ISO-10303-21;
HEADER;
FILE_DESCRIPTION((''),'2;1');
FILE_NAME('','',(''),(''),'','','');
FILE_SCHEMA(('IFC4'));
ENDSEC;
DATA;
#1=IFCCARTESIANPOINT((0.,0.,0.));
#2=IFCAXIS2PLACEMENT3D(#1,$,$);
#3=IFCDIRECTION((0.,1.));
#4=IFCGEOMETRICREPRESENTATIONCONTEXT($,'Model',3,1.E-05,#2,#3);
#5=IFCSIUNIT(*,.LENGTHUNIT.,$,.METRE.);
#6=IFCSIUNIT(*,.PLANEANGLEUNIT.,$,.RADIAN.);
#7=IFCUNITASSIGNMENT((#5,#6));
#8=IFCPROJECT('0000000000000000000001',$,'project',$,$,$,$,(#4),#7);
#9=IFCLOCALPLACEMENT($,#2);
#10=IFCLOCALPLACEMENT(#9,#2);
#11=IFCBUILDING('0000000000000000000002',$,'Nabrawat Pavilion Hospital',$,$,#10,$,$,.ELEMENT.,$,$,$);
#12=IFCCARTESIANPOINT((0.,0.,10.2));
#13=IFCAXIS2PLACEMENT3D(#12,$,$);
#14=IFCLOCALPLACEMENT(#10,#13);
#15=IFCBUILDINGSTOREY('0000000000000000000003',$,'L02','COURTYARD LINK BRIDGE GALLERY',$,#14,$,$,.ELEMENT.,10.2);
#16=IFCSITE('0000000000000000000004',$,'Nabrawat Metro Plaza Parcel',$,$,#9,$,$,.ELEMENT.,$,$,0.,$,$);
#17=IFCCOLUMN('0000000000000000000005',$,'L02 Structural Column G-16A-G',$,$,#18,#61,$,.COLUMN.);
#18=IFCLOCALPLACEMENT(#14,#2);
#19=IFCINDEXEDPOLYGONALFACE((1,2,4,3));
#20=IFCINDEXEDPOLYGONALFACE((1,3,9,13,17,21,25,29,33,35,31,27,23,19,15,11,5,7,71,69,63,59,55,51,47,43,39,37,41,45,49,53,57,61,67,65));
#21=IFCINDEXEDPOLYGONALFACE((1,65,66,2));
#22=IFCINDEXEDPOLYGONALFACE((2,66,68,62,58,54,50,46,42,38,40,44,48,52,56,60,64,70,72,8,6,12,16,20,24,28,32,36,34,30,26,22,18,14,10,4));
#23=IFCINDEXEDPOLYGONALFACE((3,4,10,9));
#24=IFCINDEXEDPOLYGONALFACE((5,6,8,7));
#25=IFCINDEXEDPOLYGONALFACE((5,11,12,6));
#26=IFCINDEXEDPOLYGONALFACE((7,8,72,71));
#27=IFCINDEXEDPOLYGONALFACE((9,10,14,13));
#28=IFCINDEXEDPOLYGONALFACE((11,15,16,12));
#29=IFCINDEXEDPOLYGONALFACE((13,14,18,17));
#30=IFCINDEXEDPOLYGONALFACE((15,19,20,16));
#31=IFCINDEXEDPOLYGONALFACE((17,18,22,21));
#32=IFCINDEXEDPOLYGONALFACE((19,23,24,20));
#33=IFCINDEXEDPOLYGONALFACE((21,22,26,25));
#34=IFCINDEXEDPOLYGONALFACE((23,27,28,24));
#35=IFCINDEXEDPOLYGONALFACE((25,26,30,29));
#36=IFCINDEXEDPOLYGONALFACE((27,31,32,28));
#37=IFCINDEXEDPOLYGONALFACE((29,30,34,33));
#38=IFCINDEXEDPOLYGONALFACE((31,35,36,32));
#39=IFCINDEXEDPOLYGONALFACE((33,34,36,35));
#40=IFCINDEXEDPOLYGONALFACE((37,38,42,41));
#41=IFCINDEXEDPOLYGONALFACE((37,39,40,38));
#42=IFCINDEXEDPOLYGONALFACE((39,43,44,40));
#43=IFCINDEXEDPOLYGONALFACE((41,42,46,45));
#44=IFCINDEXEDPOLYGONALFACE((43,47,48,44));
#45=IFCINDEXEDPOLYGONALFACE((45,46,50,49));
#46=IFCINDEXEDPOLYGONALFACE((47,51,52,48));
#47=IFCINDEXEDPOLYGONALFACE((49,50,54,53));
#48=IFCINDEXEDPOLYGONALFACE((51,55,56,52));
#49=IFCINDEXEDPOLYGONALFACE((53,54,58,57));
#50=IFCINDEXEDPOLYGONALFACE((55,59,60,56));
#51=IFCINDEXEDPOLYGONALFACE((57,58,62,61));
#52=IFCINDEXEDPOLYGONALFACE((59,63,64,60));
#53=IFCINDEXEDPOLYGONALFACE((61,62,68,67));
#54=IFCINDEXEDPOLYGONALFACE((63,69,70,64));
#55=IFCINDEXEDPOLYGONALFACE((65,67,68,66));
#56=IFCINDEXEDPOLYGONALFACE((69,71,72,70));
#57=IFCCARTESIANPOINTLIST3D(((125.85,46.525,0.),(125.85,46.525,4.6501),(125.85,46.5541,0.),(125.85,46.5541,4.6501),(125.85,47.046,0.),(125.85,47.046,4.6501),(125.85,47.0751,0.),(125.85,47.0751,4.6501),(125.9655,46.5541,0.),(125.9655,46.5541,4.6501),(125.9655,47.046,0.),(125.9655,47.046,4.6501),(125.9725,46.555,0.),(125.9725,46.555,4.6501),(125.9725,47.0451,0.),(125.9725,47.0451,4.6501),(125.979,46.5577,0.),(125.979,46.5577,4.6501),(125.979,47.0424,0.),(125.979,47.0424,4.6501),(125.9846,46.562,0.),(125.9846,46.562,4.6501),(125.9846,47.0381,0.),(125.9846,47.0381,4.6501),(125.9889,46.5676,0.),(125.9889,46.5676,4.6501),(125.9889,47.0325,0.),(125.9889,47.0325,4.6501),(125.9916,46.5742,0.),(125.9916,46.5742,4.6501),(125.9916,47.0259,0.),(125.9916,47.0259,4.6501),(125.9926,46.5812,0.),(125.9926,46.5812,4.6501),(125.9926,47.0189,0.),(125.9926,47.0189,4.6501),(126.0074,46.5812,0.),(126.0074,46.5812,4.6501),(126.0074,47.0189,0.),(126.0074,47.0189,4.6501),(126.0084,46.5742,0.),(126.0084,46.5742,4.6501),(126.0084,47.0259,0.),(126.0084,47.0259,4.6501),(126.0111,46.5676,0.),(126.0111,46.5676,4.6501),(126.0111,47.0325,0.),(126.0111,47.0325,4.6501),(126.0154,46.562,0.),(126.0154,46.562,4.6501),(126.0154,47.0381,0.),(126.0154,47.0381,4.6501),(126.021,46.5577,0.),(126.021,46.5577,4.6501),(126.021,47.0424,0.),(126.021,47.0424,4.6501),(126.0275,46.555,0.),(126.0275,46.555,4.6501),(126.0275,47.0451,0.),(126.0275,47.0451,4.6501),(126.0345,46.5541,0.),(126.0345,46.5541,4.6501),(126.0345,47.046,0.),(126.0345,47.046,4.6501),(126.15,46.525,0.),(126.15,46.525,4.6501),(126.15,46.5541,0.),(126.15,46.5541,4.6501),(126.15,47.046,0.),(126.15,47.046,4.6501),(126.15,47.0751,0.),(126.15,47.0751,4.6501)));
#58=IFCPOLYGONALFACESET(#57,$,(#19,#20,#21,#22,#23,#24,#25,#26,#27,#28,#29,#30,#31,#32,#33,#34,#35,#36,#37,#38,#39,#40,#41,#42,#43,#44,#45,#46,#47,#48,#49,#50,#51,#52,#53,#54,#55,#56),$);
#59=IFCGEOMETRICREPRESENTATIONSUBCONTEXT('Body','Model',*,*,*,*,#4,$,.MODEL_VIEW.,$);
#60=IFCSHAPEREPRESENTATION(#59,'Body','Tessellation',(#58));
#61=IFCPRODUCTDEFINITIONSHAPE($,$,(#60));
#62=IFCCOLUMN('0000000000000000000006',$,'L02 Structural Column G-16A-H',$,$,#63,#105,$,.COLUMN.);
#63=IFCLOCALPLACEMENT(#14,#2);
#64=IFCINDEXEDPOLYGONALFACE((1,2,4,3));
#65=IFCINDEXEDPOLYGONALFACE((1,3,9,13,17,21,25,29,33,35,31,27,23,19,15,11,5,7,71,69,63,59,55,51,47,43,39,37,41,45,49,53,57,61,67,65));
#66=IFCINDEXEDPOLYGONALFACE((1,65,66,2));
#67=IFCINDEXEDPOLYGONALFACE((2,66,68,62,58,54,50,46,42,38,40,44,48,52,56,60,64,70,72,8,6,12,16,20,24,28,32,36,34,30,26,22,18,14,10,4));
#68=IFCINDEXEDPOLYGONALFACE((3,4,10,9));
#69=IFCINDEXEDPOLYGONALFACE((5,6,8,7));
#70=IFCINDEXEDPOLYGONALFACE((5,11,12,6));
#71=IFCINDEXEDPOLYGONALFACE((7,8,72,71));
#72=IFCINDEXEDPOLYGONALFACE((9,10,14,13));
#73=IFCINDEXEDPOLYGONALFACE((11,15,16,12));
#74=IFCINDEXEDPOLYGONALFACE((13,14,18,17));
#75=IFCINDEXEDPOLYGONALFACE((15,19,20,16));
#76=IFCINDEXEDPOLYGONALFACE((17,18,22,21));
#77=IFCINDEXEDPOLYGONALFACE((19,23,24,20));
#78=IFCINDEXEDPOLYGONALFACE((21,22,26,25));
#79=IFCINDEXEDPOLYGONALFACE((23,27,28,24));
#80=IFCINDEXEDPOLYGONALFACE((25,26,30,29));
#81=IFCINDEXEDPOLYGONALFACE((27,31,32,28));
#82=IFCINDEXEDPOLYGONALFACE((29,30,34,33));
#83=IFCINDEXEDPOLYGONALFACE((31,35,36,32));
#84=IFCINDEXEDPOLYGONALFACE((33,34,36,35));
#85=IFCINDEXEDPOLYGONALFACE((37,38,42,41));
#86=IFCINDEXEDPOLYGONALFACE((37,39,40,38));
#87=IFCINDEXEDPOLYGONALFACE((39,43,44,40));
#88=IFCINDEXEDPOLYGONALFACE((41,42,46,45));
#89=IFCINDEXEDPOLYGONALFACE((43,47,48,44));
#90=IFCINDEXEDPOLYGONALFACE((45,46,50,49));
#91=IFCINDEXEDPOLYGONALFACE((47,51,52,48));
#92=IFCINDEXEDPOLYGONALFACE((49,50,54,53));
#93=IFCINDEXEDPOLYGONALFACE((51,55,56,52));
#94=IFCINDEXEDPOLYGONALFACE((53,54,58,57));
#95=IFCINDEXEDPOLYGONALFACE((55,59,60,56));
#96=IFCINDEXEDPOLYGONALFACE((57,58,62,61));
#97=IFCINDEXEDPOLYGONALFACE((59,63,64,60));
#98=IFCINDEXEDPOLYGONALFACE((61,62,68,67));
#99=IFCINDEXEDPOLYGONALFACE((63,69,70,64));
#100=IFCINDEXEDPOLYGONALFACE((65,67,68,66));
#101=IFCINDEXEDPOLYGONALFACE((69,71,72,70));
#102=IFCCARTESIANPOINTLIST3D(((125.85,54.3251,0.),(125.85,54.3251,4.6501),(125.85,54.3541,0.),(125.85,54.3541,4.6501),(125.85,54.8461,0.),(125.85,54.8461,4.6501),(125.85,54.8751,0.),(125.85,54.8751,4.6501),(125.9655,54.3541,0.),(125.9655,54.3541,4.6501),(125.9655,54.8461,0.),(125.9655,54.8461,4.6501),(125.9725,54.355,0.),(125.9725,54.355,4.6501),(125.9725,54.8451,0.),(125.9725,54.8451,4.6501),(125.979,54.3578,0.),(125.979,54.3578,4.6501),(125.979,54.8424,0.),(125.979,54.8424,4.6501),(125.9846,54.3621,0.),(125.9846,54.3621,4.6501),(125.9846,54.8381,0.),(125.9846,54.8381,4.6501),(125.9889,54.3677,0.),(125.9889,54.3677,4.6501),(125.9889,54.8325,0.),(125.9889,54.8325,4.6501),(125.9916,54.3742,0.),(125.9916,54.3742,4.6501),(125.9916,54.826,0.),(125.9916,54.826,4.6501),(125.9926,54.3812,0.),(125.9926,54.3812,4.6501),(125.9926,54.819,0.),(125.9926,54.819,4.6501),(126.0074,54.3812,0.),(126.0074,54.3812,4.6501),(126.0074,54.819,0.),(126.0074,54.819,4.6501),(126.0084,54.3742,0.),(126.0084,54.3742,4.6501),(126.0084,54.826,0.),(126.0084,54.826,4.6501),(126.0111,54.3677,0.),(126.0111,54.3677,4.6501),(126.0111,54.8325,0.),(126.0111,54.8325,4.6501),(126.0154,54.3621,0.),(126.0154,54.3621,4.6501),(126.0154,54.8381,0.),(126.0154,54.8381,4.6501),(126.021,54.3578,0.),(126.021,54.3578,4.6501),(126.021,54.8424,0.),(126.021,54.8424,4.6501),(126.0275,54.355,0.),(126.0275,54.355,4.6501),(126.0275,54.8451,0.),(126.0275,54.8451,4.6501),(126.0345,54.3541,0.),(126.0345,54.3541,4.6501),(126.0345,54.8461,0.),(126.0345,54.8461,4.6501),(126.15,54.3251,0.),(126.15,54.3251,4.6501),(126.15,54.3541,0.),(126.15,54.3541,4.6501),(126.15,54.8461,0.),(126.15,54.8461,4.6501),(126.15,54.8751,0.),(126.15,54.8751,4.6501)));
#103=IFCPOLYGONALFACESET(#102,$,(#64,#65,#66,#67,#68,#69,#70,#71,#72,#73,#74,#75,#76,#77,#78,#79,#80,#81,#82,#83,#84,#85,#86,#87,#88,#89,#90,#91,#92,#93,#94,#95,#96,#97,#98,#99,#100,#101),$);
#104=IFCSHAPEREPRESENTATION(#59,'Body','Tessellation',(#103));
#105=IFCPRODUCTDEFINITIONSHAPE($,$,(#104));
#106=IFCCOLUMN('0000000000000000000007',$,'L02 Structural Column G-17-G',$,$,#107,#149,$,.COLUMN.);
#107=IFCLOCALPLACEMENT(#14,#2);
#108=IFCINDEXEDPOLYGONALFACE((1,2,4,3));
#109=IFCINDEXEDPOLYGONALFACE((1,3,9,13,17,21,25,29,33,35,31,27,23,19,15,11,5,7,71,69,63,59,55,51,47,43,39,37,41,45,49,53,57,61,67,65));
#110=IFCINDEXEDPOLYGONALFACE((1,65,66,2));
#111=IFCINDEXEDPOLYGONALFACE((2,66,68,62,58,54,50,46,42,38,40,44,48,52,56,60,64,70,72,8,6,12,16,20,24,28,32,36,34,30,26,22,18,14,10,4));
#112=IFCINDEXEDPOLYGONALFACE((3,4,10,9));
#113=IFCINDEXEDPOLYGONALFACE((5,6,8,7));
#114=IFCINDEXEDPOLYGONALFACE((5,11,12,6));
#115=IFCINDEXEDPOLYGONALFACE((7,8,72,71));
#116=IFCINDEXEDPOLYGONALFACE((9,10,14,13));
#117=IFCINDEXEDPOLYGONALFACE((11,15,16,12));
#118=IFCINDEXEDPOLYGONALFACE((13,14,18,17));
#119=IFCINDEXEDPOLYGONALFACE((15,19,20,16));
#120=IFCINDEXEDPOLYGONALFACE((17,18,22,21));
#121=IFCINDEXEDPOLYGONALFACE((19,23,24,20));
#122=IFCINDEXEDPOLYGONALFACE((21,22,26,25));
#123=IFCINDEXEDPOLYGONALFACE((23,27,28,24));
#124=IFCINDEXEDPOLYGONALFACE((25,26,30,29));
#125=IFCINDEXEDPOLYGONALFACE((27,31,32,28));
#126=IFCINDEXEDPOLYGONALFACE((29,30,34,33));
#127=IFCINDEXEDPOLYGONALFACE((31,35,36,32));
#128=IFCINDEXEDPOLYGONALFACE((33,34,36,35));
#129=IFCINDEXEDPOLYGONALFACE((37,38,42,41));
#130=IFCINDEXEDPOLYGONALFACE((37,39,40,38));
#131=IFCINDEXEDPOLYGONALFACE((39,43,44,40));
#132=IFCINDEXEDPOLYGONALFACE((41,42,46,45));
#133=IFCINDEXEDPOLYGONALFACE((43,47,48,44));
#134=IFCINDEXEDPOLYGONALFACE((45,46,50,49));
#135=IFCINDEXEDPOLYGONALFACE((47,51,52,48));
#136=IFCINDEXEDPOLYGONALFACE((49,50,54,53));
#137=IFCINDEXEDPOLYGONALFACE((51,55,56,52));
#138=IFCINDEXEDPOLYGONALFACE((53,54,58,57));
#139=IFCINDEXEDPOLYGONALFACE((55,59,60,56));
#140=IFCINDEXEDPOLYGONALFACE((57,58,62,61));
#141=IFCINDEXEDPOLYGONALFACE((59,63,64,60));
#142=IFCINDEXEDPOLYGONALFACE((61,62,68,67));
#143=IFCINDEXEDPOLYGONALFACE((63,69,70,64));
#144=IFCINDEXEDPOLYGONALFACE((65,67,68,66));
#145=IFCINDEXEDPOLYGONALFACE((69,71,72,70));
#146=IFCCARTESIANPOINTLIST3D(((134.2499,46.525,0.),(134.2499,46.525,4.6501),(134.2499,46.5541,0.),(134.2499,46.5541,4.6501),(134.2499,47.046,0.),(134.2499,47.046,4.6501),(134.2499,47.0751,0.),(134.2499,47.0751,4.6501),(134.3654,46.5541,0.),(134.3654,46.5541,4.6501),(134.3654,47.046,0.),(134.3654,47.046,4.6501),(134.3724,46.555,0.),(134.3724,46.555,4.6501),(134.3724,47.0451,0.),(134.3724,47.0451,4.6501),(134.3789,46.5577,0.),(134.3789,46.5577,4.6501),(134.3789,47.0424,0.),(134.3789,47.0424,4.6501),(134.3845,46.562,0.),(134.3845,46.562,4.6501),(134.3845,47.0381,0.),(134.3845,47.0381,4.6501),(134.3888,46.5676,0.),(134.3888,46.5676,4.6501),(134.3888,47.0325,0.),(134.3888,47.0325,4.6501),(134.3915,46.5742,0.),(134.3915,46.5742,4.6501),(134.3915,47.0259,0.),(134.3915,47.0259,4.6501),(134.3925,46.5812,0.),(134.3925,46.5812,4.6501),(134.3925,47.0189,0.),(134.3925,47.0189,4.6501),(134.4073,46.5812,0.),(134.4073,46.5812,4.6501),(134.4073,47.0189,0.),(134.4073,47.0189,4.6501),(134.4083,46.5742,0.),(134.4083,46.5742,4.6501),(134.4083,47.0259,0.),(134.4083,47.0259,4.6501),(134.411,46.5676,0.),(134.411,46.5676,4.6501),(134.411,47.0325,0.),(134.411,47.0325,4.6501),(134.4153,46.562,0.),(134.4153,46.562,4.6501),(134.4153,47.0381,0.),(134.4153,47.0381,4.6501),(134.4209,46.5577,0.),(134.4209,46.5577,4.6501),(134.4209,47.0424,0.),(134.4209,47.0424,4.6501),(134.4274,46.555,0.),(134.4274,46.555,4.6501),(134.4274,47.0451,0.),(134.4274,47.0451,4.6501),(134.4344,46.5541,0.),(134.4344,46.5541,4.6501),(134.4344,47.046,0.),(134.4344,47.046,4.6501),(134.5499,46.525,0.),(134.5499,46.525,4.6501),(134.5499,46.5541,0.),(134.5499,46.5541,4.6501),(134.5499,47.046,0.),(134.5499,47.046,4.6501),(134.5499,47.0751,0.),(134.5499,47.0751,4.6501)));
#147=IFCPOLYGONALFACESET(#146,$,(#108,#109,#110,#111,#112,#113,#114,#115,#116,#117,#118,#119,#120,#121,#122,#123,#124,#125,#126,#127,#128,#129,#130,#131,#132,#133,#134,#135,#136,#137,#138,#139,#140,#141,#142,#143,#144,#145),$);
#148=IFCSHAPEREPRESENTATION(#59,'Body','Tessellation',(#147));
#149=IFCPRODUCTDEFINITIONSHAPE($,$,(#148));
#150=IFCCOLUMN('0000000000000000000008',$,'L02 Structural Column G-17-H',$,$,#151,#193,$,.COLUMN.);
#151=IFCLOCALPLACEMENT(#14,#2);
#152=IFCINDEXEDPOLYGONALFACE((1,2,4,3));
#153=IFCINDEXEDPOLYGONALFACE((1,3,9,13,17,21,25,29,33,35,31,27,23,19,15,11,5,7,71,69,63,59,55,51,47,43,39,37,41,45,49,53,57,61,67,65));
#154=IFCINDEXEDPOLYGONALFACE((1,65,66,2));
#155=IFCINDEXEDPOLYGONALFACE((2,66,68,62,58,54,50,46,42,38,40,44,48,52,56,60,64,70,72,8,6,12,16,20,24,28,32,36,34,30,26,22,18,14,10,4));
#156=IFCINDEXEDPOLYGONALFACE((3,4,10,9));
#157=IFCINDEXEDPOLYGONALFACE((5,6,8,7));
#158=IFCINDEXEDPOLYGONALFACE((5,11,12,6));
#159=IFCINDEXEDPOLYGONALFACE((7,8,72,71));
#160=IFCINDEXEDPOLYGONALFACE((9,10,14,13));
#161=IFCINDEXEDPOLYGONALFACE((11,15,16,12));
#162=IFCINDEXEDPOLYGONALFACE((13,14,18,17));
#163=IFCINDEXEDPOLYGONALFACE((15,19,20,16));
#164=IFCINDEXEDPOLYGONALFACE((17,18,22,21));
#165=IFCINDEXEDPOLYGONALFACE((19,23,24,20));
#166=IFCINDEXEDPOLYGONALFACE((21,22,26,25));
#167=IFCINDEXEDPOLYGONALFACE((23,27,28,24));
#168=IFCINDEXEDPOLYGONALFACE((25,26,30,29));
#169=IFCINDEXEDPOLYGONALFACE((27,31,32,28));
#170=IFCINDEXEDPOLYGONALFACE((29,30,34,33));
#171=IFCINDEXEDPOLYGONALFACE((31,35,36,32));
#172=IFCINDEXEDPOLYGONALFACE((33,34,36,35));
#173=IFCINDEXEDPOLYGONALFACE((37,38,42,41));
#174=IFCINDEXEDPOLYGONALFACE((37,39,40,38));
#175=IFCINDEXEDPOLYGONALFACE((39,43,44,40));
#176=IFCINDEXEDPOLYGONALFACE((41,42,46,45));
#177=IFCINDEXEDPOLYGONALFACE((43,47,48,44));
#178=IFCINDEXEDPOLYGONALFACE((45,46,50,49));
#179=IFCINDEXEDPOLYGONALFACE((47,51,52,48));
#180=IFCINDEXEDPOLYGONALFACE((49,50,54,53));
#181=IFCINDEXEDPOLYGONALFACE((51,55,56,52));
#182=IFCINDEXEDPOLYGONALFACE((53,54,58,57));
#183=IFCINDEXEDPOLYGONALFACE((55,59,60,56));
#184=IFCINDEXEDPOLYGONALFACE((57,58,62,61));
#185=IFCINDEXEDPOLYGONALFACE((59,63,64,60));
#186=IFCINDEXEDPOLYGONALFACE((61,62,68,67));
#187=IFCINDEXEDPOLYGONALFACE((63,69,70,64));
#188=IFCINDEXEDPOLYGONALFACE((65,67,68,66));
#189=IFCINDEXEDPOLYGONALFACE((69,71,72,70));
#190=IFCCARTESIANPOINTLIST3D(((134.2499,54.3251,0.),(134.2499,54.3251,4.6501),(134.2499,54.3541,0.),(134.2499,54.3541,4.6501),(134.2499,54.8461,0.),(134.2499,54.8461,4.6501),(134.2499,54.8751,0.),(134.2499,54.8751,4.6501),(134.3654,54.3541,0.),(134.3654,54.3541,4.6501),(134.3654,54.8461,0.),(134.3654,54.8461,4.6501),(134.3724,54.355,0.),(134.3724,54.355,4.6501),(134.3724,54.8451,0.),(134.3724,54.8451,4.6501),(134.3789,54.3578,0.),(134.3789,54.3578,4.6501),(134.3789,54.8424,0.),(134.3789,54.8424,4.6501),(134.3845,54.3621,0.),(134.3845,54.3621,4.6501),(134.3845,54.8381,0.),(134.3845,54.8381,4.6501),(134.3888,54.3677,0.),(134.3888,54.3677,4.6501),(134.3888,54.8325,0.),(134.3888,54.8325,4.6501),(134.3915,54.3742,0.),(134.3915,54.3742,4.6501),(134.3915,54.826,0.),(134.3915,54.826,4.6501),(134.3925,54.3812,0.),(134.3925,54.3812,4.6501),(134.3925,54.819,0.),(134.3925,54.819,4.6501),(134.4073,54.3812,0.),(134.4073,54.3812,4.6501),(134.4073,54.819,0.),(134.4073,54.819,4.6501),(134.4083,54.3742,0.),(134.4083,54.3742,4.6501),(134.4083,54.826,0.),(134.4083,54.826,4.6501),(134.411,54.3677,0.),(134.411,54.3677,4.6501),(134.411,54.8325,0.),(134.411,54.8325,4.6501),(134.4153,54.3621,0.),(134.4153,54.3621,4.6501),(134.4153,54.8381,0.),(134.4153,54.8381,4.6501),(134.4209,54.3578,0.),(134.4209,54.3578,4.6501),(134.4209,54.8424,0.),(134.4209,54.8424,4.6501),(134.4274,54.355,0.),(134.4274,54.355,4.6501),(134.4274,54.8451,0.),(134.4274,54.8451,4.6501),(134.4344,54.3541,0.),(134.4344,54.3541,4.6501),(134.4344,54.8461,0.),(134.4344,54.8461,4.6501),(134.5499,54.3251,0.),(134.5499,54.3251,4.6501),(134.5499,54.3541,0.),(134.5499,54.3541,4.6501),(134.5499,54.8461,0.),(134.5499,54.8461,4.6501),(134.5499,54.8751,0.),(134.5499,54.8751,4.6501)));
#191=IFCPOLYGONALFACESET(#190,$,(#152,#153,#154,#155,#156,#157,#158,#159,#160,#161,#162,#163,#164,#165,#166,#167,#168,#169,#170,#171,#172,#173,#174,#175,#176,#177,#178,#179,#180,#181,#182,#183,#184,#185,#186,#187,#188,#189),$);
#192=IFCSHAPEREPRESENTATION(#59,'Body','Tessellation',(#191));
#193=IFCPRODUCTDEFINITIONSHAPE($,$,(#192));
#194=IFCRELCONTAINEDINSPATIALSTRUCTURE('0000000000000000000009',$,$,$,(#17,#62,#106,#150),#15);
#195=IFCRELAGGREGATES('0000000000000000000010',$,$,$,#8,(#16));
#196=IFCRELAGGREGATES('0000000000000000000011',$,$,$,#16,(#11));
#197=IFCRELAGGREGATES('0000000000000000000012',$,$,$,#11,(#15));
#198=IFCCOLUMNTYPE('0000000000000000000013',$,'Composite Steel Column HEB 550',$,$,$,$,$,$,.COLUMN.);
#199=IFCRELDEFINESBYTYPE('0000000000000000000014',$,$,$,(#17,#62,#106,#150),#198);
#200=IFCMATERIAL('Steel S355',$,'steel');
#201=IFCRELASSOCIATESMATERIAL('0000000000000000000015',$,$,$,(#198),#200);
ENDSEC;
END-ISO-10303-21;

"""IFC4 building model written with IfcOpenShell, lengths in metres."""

from ifc_helpers import new_model, si_unit, direction, frame, origin, origin_2d, place, context, subcontext, project, spatial, i_section, extrude, material, material_profile, profile_set, type_object, element, save


model = new_model("IFC4")

# Units and contexts
model_context = context("Model", 3, precision=1e-05, world=origin(), true_north=direction((0.0, 1.0)))
body_context = subcontext(model_context, "Body", "Model", "MODEL_VIEW")
ifc_project = project(units=[si_unit("LENGTHUNIT", "METRE"), si_unit("PLANEANGLEUNIT", "RADIAN")], contexts=[model_context])

# Site, building, storey
site_placement = place(None, origin())
site = spatial("IfcSite", under=ifc_project, at=site_placement, Name="Nabrawat Metro Plaza Parcel", CompositionType="ELEMENT", RefElevation=0.0)
building_placement = place(site_placement, origin())
building = spatial("IfcBuilding", under=site, at=building_placement, Name="Nabrawat Pavilion Hospital", CompositionType="ELEMENT")
storey_placement = place(building_placement, frame((0.0, 0.0, 10.2)))
storey = spatial("IfcBuildingStorey", under=building, at=storey_placement, Name="L02", Description="COURTYARD LINK BRIDGE GALLERY", CompositionType="ELEMENT", Elevation=10.2)

# Columns
ifc_material_1 = material(Name="Steel S355", Category="steel")
ifc_material_profile_1 = material_profile(ifc_material_1, i_section(OverallWidth=0.3, OverallDepth=0.55, WebThickness=0.0149, FlangeThickness=0.0291, FilletRadius=0.0271, at=origin_2d()), Name="HEB 550")
ifc_profile_set_1 = profile_set([ifc_material_profile_1], Name="Steel S355")
column_type = type_object("IfcColumnType", Name="Composite Steel Column HEB 550", PredefinedType="COLUMN", material=ifc_profile_set_1)
for number, where, z_axis, x_axis, name in (
    (1, (126.0, 46.8, 0.0), (0.0, 0.0, 1.0), (1.0, 0.0, 0.0), "L02 Structural Column G-16A-G"),
    (2, (126.0, 54.6001, 0.0), (0.0, 0.0, 1.0), (1.0, 0.0, 0.0), "L02 Structural Column G-16A-H"),
    (3, (134.3999, 46.8, 0.0), (0.0, 0.0, 1.0), (1.0, 0.0, 0.0), "L02 Structural Column G-17-G"),
    (4, (134.3999, 54.6001, 0.0), (0.0, 0.0, 1.0), (1.0, 0.0, 0.0), "L02 Structural Column G-17-H"),
):
    element("IfcColumn", number, at=place(storey_placement, frame(where, z_axis=z_axis, x_axis=x_axis)), inside=storey, type_object=column_type, Name=name, PredefinedType="COLUMN", context=body_context, shape_type="SweptSolid", body=[
        extrude(i_section(OverallWidth=0.3, OverallDepth=0.55, WebThickness=0.0149, FlangeThickness=0.0291, FilletRadius=0.0271, at=origin_2d()), origin(), (0.0, 0.0, 1.0), 4.6501),
    ])

save(model, "model.ifc")
